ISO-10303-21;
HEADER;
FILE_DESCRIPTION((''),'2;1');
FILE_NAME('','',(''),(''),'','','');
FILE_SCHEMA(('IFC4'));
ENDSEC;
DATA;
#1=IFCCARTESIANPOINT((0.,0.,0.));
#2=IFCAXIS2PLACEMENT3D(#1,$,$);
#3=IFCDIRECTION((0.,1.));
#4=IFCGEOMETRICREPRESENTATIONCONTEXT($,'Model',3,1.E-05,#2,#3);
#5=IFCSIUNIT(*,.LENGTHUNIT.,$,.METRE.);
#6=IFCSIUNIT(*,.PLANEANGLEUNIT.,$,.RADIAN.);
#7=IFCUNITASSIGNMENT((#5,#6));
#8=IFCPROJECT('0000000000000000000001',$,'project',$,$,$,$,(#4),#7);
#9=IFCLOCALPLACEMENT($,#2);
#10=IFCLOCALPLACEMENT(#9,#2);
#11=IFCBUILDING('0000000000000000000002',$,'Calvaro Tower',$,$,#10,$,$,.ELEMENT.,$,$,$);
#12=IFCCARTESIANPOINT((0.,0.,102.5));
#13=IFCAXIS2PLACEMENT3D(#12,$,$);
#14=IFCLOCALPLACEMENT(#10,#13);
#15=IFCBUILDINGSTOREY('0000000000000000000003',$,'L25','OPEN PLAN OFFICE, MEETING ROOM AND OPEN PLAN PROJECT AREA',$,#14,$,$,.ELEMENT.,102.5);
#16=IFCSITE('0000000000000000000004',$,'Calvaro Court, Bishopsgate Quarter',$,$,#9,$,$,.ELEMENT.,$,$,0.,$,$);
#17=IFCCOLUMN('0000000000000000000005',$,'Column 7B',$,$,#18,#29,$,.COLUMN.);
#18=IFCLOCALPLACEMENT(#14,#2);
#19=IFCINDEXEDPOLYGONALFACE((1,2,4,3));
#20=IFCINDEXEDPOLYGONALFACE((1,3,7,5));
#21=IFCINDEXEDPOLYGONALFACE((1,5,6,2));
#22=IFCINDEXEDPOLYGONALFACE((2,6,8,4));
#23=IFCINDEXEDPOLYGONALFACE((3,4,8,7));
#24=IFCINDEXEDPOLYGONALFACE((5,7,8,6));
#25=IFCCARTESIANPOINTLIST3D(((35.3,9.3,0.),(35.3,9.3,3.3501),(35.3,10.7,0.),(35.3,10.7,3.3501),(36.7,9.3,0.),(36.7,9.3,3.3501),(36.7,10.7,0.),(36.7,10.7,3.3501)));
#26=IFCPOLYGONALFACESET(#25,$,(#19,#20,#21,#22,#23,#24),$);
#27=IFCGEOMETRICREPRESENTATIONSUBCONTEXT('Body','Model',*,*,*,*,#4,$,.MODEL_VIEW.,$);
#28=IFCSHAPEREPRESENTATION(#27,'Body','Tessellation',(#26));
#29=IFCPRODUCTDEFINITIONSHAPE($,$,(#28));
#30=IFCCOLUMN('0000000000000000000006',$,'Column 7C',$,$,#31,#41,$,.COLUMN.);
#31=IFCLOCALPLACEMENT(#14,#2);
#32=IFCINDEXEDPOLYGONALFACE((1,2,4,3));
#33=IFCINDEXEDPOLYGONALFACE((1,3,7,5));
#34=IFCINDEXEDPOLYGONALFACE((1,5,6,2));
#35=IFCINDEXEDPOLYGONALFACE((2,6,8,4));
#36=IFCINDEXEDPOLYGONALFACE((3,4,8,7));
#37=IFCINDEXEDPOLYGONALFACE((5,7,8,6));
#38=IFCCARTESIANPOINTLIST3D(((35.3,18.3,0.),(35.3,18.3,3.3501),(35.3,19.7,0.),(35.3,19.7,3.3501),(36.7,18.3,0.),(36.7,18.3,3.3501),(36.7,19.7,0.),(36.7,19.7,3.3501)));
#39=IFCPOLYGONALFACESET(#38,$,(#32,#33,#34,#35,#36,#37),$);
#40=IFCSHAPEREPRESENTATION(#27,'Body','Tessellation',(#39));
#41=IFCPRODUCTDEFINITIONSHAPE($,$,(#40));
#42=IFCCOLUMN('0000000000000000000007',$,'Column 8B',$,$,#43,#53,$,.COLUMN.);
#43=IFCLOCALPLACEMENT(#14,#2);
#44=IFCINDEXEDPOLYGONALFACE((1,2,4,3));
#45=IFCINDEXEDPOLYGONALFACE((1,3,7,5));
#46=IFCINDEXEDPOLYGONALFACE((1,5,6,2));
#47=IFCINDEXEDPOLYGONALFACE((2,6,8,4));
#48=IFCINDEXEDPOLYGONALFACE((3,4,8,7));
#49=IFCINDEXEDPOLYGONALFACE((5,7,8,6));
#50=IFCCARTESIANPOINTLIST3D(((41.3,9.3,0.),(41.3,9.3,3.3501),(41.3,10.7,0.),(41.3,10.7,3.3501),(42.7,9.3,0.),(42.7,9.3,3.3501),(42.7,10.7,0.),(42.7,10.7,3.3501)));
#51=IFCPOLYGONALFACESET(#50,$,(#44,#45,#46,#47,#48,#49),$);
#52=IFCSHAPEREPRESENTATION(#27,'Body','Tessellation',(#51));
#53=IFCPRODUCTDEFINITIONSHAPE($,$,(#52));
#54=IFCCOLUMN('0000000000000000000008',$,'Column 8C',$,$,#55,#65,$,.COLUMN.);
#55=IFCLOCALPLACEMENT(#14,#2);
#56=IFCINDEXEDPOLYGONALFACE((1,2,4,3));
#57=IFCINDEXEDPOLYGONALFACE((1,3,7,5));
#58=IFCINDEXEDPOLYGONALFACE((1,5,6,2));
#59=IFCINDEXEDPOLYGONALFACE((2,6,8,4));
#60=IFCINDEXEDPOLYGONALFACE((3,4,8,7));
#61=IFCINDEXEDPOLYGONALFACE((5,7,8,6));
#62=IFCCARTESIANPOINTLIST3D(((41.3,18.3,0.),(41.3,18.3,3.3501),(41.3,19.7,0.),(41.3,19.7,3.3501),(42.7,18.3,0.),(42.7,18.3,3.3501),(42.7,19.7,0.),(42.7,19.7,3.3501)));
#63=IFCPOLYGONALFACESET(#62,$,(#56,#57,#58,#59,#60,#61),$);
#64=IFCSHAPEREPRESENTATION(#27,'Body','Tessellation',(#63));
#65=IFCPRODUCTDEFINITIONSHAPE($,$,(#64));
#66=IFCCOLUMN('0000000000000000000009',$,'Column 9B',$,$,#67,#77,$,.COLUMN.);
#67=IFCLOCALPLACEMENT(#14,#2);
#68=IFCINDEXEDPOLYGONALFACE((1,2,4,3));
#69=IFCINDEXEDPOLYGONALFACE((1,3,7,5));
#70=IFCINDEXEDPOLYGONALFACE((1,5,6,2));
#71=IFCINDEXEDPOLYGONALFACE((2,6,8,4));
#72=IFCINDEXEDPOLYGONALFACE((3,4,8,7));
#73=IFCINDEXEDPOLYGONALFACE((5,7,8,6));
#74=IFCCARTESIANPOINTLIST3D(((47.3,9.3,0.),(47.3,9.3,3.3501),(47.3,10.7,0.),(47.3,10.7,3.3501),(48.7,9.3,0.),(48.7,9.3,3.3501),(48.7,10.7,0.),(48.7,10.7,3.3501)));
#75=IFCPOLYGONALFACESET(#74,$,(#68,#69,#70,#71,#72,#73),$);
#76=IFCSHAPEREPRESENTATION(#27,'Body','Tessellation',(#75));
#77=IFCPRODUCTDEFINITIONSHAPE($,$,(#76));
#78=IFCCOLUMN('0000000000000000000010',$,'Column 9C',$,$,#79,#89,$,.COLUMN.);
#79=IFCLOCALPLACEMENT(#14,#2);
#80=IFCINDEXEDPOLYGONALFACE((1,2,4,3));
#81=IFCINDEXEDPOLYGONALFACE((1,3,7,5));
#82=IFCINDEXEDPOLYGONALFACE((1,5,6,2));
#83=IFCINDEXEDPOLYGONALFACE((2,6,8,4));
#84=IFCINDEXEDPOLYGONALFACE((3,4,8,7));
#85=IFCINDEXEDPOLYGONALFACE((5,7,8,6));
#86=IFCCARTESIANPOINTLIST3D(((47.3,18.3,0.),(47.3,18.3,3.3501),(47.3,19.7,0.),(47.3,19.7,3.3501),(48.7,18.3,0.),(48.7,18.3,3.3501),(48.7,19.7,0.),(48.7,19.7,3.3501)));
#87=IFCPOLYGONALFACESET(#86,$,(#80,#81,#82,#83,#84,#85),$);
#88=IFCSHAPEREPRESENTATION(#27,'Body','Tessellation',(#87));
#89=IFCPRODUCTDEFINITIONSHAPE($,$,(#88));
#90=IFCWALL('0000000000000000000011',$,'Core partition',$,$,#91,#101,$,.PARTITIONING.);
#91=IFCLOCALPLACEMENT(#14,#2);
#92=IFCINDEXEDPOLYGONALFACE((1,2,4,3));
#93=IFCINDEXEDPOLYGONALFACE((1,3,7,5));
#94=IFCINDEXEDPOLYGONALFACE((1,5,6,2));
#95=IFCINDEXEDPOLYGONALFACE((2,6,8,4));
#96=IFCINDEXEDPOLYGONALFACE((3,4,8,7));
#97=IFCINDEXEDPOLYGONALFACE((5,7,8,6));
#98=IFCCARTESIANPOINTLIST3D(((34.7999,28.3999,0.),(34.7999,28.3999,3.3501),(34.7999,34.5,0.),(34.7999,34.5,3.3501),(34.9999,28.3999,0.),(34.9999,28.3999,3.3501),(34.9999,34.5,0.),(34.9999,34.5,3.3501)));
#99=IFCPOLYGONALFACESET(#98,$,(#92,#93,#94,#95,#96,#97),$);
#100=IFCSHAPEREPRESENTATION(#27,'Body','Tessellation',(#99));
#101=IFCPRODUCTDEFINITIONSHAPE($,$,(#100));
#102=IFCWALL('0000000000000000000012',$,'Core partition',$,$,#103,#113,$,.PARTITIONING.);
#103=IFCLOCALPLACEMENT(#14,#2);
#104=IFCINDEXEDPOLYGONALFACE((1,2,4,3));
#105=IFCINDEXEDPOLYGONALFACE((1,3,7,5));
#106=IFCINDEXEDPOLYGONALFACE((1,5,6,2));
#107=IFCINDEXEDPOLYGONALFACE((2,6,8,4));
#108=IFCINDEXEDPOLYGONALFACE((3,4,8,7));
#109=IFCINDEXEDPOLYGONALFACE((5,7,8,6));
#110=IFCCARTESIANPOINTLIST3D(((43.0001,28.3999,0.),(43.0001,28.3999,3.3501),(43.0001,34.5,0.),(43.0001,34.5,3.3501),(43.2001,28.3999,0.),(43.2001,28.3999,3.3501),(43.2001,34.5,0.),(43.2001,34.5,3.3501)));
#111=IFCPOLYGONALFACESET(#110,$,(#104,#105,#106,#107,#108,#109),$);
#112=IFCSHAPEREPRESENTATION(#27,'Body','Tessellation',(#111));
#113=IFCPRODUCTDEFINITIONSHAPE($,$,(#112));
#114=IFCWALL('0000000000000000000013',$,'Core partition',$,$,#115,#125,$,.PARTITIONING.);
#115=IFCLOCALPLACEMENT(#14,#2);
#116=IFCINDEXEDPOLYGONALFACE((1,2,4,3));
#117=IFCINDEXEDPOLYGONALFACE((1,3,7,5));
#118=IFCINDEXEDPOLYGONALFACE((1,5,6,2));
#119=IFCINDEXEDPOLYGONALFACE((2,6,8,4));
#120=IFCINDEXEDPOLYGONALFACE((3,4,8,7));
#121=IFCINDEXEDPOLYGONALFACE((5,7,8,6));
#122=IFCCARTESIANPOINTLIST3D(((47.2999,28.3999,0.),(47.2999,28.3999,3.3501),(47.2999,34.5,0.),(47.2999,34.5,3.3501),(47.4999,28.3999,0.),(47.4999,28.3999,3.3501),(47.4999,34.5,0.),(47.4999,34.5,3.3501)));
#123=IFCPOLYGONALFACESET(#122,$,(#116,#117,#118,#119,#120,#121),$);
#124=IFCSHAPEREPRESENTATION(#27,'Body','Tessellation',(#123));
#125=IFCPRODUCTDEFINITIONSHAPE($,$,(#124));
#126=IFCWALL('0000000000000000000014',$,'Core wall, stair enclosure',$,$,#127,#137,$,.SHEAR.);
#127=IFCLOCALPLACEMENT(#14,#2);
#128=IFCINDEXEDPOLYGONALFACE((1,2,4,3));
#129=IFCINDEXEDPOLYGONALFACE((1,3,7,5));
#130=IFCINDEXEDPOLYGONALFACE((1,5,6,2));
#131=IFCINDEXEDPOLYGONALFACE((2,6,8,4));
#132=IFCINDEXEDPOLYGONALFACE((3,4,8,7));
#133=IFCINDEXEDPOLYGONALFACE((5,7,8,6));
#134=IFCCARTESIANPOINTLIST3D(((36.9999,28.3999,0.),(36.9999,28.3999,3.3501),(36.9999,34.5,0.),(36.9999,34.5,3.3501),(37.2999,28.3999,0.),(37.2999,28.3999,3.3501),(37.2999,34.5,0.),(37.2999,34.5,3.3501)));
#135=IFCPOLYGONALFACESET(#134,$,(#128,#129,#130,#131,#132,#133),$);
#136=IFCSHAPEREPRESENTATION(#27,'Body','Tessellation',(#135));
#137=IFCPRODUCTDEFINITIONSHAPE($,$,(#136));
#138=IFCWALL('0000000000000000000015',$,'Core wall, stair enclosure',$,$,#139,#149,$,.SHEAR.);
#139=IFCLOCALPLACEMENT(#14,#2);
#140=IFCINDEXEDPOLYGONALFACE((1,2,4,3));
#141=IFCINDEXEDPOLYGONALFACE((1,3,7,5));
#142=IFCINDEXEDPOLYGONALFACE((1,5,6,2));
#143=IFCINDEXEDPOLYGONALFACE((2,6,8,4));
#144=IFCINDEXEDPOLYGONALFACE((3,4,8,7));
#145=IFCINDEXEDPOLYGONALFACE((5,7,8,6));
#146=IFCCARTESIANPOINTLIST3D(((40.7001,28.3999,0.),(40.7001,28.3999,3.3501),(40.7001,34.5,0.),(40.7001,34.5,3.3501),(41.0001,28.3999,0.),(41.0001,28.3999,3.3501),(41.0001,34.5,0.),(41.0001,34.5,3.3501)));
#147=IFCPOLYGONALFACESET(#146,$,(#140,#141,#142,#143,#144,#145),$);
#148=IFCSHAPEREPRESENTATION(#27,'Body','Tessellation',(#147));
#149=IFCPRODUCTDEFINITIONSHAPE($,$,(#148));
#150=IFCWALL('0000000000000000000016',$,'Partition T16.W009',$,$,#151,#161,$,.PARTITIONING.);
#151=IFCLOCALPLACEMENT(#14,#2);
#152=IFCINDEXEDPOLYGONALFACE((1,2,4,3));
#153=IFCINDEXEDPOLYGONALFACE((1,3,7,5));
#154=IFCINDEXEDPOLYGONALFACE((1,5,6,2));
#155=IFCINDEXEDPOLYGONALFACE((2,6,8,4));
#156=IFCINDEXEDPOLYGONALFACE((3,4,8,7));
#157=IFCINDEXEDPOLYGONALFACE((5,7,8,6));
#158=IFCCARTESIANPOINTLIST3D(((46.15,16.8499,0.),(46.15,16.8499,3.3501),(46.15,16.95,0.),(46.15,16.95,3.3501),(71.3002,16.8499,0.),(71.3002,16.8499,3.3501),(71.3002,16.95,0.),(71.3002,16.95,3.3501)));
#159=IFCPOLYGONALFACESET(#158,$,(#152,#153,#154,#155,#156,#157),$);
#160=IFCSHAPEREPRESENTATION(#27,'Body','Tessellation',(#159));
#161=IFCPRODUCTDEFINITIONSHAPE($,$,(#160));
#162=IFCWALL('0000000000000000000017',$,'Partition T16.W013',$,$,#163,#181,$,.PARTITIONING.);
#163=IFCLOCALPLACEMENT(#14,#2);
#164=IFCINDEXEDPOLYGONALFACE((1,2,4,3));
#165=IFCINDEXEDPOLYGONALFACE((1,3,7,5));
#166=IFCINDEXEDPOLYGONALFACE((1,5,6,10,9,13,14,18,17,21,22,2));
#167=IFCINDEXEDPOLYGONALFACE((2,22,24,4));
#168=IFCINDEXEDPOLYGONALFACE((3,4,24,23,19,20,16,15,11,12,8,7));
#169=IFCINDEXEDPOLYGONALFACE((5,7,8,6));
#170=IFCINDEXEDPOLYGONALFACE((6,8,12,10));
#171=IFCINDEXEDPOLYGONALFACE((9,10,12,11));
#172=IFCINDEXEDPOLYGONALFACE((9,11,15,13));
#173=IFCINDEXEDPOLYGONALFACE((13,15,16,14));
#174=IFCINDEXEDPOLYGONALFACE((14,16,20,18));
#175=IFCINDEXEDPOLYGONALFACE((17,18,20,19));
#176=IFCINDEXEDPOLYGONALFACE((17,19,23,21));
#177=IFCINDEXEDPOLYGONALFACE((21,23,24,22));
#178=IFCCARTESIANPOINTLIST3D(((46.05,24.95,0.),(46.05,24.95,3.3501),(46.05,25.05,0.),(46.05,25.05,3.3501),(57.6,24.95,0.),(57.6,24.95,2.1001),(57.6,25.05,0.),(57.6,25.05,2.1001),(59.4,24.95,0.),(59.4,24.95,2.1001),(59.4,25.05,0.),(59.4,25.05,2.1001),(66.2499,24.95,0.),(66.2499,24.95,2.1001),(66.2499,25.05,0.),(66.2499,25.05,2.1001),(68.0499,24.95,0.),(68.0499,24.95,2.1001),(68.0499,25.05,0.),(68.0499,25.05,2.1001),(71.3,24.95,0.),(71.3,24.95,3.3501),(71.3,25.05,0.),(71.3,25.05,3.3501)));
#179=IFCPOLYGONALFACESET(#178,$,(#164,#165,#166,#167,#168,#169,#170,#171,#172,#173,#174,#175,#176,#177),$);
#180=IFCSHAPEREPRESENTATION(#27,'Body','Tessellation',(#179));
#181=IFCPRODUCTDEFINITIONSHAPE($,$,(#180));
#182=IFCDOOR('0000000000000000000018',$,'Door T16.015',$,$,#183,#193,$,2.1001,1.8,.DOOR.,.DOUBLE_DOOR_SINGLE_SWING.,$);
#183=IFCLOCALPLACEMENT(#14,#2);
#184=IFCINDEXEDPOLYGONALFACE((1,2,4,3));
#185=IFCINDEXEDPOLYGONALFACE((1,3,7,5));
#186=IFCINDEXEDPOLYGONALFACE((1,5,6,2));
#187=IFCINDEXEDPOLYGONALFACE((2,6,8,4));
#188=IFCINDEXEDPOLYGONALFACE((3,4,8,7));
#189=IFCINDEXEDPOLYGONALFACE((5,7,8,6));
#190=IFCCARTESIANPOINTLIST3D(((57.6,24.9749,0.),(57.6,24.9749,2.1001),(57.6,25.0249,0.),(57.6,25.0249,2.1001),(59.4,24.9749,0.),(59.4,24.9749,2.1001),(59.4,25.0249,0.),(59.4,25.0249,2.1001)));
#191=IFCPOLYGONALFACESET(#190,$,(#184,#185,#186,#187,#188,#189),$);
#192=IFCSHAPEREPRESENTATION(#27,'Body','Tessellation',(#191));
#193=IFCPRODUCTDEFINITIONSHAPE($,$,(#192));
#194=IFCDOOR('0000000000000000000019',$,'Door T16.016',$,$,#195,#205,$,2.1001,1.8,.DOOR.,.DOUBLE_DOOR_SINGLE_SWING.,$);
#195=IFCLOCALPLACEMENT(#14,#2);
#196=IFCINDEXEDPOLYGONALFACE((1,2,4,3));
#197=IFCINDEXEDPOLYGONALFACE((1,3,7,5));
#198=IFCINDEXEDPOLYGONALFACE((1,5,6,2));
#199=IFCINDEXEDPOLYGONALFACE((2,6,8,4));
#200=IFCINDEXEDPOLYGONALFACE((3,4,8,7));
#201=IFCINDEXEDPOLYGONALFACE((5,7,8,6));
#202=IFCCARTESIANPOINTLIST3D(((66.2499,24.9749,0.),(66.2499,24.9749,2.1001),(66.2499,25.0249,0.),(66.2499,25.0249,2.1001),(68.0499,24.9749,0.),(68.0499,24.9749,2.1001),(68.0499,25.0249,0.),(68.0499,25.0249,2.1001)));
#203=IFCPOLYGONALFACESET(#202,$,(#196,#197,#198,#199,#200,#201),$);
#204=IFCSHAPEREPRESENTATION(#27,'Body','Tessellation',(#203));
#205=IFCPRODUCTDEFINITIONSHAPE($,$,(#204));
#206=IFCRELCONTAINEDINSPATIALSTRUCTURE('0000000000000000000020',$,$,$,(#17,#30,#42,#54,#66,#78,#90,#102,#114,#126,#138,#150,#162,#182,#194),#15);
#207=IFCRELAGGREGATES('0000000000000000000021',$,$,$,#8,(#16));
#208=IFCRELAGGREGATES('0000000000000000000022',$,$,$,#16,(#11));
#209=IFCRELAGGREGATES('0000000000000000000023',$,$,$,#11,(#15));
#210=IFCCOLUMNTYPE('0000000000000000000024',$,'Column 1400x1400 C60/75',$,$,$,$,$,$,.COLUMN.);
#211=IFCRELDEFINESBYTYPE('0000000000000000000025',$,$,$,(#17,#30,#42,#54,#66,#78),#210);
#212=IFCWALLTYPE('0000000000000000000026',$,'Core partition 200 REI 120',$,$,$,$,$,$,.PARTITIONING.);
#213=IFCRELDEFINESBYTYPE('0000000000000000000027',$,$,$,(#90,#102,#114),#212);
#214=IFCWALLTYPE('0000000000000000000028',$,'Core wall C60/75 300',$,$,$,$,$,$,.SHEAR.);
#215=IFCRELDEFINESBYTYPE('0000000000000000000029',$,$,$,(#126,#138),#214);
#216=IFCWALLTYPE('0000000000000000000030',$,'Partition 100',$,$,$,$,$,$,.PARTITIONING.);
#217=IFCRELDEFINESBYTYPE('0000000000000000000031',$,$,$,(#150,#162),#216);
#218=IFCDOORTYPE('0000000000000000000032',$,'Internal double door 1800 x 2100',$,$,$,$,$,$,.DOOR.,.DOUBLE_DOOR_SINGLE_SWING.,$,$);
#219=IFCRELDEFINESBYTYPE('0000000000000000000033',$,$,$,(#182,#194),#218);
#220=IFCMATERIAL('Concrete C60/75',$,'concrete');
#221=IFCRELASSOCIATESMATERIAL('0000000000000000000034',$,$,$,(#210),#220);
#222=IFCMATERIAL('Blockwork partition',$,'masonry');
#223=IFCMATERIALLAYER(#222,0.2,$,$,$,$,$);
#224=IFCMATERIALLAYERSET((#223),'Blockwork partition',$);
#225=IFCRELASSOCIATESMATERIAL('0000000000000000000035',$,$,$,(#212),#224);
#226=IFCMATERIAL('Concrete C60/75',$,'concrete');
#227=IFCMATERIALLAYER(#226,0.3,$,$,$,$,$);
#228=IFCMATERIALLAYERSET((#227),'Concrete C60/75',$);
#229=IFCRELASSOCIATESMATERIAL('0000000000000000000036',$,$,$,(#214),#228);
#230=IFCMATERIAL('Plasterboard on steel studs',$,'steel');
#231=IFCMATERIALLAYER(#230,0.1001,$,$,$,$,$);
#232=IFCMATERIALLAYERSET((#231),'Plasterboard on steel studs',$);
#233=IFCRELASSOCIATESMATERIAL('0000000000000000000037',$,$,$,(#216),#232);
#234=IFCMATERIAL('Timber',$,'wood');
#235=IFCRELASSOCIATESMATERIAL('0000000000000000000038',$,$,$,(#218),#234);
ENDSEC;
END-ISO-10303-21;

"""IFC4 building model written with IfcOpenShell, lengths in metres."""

from ifc_helpers import new_model, si_unit, direction, frame, frame_2d, origin, origin_2d, place, context, subcontext, project, spatial, rectangle, extrude, material, layer, layer_set, material_profile, profile_set, type_object, element, fill, save


model = new_model("IFC4")

# Units and contexts
model_context = context("Model", 3, precision=1e-05, world=origin(), true_north=direction((0.0, 1.0)))
body_context = subcontext(model_context, "Body", "Model", "MODEL_VIEW")
ifc_project = project(units=[si_unit("LENGTHUNIT", "METRE"), si_unit("PLANEANGLEUNIT", "RADIAN")], contexts=[model_context])

# Site, building, storey
site_placement = place(None, origin())
site = spatial("IfcSite", under=ifc_project, at=site_placement, Name="Calvaro Court, Bishopsgate Quarter", CompositionType="ELEMENT", RefElevation=0.0)
building_placement = place(site_placement, origin())
building = spatial("IfcBuilding", under=site, at=building_placement, Name="Calvaro Tower", CompositionType="ELEMENT")
storey_placement = place(building_placement, frame((0.0, 0.0, 102.5)))
storey = spatial("IfcBuildingStorey", under=building, at=storey_placement, Name="L25", Description="OPEN PLAN OFFICE, MEETING ROOM AND OPEN PLAN PROJECT AREA", CompositionType="ELEMENT", Elevation=102.5)

# Columns
ifc_material_1 = material(Name="Concrete C60/75", Category="concrete")
ifc_material_profile = material_profile(ifc_material_1, rectangle(XDim=1.3999, YDim=1.3999, at=origin_2d()), Name="RC 1400x1400")
ifc_profile_set = profile_set([ifc_material_profile], Name="Concrete C60/75")
column_type = type_object("IfcColumnType", Name="Column 1400x1400 C60/75", PredefinedType="COLUMN", material=ifc_profile_set)
for number, where, z_axis, x_axis, name in (
    (1, (36.0, 10.0, 0.0), (0.0, 0.0, 1.0), (1.0, 0.0, 0.0), "Column 7B"),
    (2, (36.0, 19.0, 0.0), (0.0, 0.0, 1.0), (1.0, 0.0, 0.0), "Column 7C"),
    (3, (42.0, 10.0, 0.0), (0.0, 0.0, 1.0), (1.0, 0.0, 0.0), "Column 8B"),
    (4, (42.0, 19.0, 0.0), (0.0, 0.0, 1.0), (1.0, 0.0, 0.0), "Column 8C"),
    (5, (48.0, 10.0, 0.0), (0.0, 0.0, 1.0), (1.0, 0.0, 0.0), "Column 9B"),
    (6, (48.0, 19.0, 0.0), (0.0, 0.0, 1.0), (1.0, 0.0, 0.0), "Column 9C"),
):
    element("IfcColumn", number, at=place(storey_placement, frame(where, z_axis=z_axis, x_axis=x_axis)), inside=storey, type_object=column_type, Name=name, PredefinedType="COLUMN", context=body_context, shape_type="SweptSolid", body=[
        extrude(rectangle(XDim=1.3999, YDim=1.3999, at=origin_2d()), origin(), (0.0, 0.0, 1.0), 3.3501),
    ])

# Walls
ifc_material_2 = material(Name="Blockwork partition", Category="masonry")
ifc_layer_1 = layer(ifc_material_2, 0.2)
ifc_layer_set_1 = layer_set([ifc_layer_1], Name="Blockwork partition")
wall_type_1 = type_object("IfcWallType", Name="Core partition 200 REI 120", PredefinedType="PARTITIONING", material=ifc_layer_set_1)
for number, where, z_axis, x_axis, name in (
    (7, (34.8999, 28.3999, 0.0), (0.0, 0.0, 1.0), (0.0, 1.0, 0.0), "Core partition"),
    (8, (43.1001, 28.3999, 0.0), (0.0, 0.0, 1.0), (0.0, 1.0, 0.0), "Core partition"),
    (9, (47.3999, 28.3999, 0.0), (0.0, 0.0, 1.0), (0.0, 1.0, 0.0), "Core partition"),
):
    element("IfcWall", number, at=place(storey_placement, frame(where, z_axis=z_axis, x_axis=x_axis)), inside=storey, type_object=wall_type_1, Name=name, PredefinedType="PARTITIONING", context=body_context, shape_type="SweptSolid", body=[
        extrude(rectangle(XDim=6.1001, YDim=0.2, at=frame_2d((3.05, 0.0))), origin(), (0.0, 0.0, 1.0), 3.3501),
    ])
ifc_material_3 = material(Name="Concrete C60/75", Category="concrete")
ifc_layer_2 = layer(ifc_material_3, 0.3)
ifc_layer_set_2 = layer_set([ifc_layer_2], Name="Concrete C60/75")
wall_type_2 = type_object("IfcWallType", Name="Core wall C60/75 300", PredefinedType="SHEAR", material=ifc_layer_set_2)
for number, where, z_axis, x_axis, name in (
    (10, (37.1499, 28.3999, 0.0), (0.0, 0.0, 1.0), (0.0, 1.0, 0.0), "Core wall, stair enclosure"),
    (11, (40.8501, 28.3999, 0.0), (0.0, 0.0, 1.0), (0.0, 1.0, 0.0), "Core wall, stair enclosure"),
):
    element("IfcWall", number, at=place(storey_placement, frame(where, z_axis=z_axis, x_axis=x_axis)), inside=storey, type_object=wall_type_2, Name=name, PredefinedType="SHEAR", context=body_context, shape_type="SweptSolid", body=[
        extrude(rectangle(XDim=6.1001, YDim=0.3, at=frame_2d((3.05, 0.0))), origin(), (0.0, 0.0, 1.0), 3.3501),
    ])
ifc_material_4 = material(Name="Plasterboard on steel studs", Category="steel")
ifc_layer_3 = layer(ifc_material_4, 0.1001)
ifc_layer_set_3 = layer_set([ifc_layer_3], Name="Plasterboard on steel studs")
wall_type_3 = type_object("IfcWallType", Name="Partition 100", PredefinedType="PARTITIONING", material=ifc_layer_set_3)
wall_1_placement = place(storey_placement, frame((46.1499, 16.8999, 0.0), z_axis=(0.0, 0.0, 1.0), x_axis=(1.0, 0.0, 0.0)))
element("IfcWall", 12, at=wall_1_placement, inside=storey, type_object=wall_type_3, Name="Partition T16.W009", PredefinedType="PARTITIONING", context=body_context, shape_type="SweptSolid", body=[
    extrude(rectangle(XDim=25.1501, YDim=0.1001, at=frame_2d((12.5752, 0.0))), origin(), (0.0, 0.0, 1.0), 3.3501),
])

# Wall, openings, doors
wall_2_placement = place(storey_placement, frame((46.05, 25.0, 0.0), z_axis=(0.0, 0.0, 1.0), x_axis=(1.0, 0.0, 0.0)))
wall_2 = element("IfcWall", 13, at=wall_2_placement, inside=storey, type_object=wall_type_3, Name="Partition T16.W013", PredefinedType="PARTITIONING", context=body_context, shape_type="SweptSolid", body=[
    extrude(rectangle(XDim=25.25, YDim=0.1001, at=frame_2d((12.625, 0.0))), origin(), (0.0, 0.0, 1.0), 3.3501),
])
opening_1_placement = place(wall_2_placement, frame((11.55, 0.0, 0.0)))
opening_1 = element("IfcOpeningElement", 14, at=opening_1_placement, cuts=wall_2, PredefinedType="OPENING", context=body_context, shape_type="SweptSolid", body=[
    extrude(rectangle(XDim=1.8, YDim=2.1001, at=frame_2d((0.8999, 1.05))), frame((0.0, 0.0601, 0.0), z_axis=(0.0, -1.0, 0.0), x_axis=(1.0, 0.0, 0.0)), (0.0, 0.0, 1.0), 0.1201),
])
opening_2_placement = place(wall_2_placement, frame((20.2, 0.0, 0.0)))
opening_2 = element("IfcOpeningElement", 15, at=opening_2_placement, cuts=wall_2, PredefinedType="OPENING", context=body_context, shape_type="SweptSolid", body=[
    extrude(rectangle(XDim=1.8, YDim=2.1001, at=frame_2d((0.8999, 1.05))), frame((0.0, 0.0601, 0.0), z_axis=(0.0, -1.0, 0.0), x_axis=(1.0, 0.0, 0.0)), (0.0, 0.0, 1.0), 0.1201),
])
ifc_material_5 = material(Name="Timber", Category="wood")
door_type = type_object("IfcDoorType", Name="Internal double door 1800 x 2100", OperationType="DOUBLE_DOOR_SINGLE_SWING", PredefinedType="DOOR", material=ifc_material_5)
door_1_placement = place(opening_1_placement, origin())
door_1 = element("IfcDoor", 16, at=door_1_placement, inside=storey, type_object=door_type, Name="Door T16.015", OperationType="DOUBLE_DOOR_SINGLE_SWING", OverallHeight=2.1001, OverallWidth=1.8, PredefinedType="DOOR", context=body_context, shape_type="SweptSolid", body=[
    extrude(rectangle(XDim=1.8, YDim=2.1001, at=frame_2d((0.8999, 1.05))), frame((0.0, 0.0249, 0.0), z_axis=(0.0, -1.0, 0.0), x_axis=(1.0, 0.0, 0.0)), (0.0, 0.0, 1.0), 0.05),
])
fill(opening_1, door_1)
door_2_placement = place(opening_2_placement, origin())
door_2 = element("IfcDoor", 17, at=door_2_placement, inside=storey, type_object=door_type, Name="Door T16.016", OperationType="DOUBLE_DOOR_SINGLE_SWING", OverallHeight=2.1001, OverallWidth=1.8, PredefinedType="DOOR", context=body_context, shape_type="SweptSolid", body=[
    extrude(rectangle(XDim=1.8, YDim=2.1001, at=frame_2d((0.8999, 1.05))), frame((0.0, 0.0249, 0.0), z_axis=(0.0, -1.0, 0.0), x_axis=(1.0, 0.0, 0.0)), (0.0, 0.0, 1.0), 0.05),
])
fill(opening_2, door_2)

save(model, "model.ifc")
